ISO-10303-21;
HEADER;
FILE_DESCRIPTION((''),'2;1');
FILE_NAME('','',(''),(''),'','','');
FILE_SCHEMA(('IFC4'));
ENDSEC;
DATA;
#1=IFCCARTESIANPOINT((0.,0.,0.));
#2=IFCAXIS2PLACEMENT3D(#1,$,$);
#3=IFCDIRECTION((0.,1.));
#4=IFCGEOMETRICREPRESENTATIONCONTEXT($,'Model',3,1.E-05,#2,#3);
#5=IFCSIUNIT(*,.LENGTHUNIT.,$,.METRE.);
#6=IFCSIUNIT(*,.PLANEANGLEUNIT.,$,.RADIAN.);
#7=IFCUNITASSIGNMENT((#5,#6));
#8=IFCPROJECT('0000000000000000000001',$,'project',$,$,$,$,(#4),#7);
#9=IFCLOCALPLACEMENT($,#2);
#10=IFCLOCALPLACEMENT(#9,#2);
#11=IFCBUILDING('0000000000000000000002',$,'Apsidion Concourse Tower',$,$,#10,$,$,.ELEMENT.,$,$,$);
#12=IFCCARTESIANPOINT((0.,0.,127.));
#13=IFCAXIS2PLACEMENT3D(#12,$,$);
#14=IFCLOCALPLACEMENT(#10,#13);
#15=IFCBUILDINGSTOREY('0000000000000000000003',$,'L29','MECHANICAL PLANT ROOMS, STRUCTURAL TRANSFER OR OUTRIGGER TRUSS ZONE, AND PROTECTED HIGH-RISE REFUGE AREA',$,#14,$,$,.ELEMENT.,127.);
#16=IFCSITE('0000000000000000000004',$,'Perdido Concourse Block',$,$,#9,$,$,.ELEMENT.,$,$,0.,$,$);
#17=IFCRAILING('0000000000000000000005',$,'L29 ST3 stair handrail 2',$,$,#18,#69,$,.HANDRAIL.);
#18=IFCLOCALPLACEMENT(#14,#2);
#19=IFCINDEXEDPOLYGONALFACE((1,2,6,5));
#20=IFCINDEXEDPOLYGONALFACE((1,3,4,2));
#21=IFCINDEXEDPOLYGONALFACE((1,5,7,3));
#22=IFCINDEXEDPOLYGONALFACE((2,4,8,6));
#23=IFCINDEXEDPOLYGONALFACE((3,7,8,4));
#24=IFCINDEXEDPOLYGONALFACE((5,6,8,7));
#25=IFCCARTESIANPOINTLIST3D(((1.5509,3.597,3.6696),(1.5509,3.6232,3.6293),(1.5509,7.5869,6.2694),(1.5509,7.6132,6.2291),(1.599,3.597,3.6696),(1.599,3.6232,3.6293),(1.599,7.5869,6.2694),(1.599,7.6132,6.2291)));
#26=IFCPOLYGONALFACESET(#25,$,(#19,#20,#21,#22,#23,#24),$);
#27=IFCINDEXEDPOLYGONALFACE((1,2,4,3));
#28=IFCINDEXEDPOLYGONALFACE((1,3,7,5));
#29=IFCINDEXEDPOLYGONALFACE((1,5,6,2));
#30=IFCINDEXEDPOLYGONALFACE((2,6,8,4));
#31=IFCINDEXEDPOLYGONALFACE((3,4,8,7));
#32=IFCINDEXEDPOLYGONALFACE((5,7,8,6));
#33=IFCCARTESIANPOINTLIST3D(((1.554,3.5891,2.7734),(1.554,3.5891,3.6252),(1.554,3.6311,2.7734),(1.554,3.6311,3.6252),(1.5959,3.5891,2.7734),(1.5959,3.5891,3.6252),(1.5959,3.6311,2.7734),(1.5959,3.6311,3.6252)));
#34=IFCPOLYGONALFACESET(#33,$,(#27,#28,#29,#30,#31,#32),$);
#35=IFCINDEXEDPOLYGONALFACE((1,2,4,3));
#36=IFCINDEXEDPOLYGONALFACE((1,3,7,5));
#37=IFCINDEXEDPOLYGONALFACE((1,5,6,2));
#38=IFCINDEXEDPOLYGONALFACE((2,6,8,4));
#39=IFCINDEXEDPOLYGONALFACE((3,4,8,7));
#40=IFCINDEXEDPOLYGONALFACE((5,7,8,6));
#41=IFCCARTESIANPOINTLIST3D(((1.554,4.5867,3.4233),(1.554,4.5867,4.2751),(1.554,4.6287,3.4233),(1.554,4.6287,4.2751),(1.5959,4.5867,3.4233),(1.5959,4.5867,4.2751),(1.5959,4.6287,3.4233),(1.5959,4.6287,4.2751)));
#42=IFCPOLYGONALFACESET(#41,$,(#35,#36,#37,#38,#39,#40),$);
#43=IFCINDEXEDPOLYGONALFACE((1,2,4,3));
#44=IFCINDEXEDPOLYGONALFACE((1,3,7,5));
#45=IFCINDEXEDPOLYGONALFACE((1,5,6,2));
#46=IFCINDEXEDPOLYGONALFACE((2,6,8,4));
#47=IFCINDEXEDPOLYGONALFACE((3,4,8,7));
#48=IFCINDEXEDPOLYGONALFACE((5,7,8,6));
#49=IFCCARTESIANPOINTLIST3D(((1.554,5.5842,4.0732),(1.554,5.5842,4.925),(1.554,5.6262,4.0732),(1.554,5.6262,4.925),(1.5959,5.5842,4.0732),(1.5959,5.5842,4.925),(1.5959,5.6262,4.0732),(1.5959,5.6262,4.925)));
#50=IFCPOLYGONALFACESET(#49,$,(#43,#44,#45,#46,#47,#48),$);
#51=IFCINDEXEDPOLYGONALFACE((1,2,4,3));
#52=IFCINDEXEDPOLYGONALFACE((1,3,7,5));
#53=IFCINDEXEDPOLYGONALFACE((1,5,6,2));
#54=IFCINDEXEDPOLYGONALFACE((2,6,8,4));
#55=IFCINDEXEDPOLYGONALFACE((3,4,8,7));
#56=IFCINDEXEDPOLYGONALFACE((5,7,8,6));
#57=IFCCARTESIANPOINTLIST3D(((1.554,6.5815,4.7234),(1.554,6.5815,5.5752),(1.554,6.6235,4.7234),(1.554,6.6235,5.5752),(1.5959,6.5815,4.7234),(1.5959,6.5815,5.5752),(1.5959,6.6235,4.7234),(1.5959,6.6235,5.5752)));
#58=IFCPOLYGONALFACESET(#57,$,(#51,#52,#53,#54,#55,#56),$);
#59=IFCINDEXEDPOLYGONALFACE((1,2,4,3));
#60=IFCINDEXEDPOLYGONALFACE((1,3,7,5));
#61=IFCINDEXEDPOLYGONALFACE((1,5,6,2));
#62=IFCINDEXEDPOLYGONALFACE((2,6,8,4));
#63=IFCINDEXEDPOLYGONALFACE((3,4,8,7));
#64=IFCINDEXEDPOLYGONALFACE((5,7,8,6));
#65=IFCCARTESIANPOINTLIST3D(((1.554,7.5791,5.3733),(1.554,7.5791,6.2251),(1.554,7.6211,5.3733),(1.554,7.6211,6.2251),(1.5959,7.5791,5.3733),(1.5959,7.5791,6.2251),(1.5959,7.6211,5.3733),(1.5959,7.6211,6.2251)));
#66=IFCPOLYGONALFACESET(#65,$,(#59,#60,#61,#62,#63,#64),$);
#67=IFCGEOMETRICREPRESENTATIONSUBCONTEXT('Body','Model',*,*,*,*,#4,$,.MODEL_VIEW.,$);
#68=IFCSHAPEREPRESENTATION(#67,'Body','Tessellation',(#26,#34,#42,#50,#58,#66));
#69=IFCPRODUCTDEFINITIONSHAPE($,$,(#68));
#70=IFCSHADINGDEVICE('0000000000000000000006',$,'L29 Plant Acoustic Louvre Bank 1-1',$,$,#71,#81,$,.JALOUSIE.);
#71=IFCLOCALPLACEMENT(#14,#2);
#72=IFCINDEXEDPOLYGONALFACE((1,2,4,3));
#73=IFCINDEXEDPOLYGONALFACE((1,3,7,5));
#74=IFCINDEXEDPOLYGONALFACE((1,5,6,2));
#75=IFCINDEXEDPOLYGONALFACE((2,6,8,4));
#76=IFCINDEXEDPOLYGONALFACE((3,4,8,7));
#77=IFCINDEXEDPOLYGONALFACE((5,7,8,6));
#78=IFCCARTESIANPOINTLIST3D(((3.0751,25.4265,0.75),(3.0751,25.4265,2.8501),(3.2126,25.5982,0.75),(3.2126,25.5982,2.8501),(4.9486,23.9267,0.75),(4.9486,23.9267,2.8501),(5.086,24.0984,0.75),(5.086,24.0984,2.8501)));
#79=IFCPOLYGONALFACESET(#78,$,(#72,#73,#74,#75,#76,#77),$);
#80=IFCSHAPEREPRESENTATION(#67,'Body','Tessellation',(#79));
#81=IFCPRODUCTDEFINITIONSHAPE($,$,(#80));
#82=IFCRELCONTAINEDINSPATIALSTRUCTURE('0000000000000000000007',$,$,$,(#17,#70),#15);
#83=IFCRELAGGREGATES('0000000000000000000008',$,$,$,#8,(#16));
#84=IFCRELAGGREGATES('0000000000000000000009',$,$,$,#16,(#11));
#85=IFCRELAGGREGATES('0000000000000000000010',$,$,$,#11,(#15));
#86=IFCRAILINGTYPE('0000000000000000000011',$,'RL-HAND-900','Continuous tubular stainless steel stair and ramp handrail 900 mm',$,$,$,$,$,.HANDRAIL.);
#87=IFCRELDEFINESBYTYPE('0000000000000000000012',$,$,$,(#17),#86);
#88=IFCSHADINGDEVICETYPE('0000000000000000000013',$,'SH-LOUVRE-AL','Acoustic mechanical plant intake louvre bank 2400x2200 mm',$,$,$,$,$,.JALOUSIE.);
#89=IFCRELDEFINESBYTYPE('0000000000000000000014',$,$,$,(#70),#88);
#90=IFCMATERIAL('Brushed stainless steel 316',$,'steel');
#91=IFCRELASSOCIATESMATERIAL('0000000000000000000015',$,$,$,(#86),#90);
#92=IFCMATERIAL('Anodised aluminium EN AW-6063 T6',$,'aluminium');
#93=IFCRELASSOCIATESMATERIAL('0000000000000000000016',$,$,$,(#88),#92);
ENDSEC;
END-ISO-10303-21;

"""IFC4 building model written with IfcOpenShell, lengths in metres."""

from ifc_helpers import new_model, si_unit, direction, frame, origin, origin_2d, place, context, subcontext, project, spatial, rectangle, extrude, material, type_object, element, save


model = new_model("IFC4")

# Units and contexts
model_context = context("Model", 3, precision=1e-05, world=origin(), true_north=direction((0.0, 1.0)))
body_context = subcontext(model_context, "Body", "Model", "MODEL_VIEW")
ifc_project = project(units=[si_unit("LENGTHUNIT", "METRE"), si_unit("PLANEANGLEUNIT", "RADIAN")], contexts=[model_context])

# Site, building, storey
site_placement = place(None, origin())
site = spatial("IfcSite", under=ifc_project, at=site_placement, Name="Perdido Concourse Block", CompositionType="ELEMENT", RefElevation=0.0)
building_placement = place(site_placement, origin())
building = spatial("IfcBuilding", under=site, at=building_placement, Name="Apsidion Concourse Tower", CompositionType="ELEMENT")
storey_placement = place(building_placement, frame((0.0, 0.0, 127.0)))
storey = spatial("IfcBuildingStorey", under=building, at=storey_placement, Name="L29", Description="MECHANICAL PLANT ROOMS, STRUCTURAL TRANSFER OR OUTRIGGER TRUSS ZONE, AND PROTECTED HIGH-RISE REFUGE AREA", CompositionType="ELEMENT", Elevation=127.0)

# Shared definitions
ifc_material_1 = material(Name="Brushed stainless steel 316", Category="steel")

# Railing
railing_type_1 = type_object("IfcRailingType", Name="RL-HAND-900", Description="Continuous tubular stainless steel stair and ramp handrail 900 mm", PredefinedType="HANDRAIL", material=ifc_material_1)
railing_1_placement = place(storey_placement, frame((1.575, 3.6101, 2.7734)))
element("IfcRailing", 1, at=railing_1_placement, inside=storey, type_object=railing_type_1, Name="L29 ST3 stair handrail 2", PredefinedType="HANDRAIL", context=body_context, shape_type="SweptSolid", body=[
    extrude(rectangle(XDim=0.0481, YDim=0.0481, at=origin_2d()), frame((0.0, 0.0, 0.876), z_axis=(0.0, 0.837833, 0.545927), x_axis=(-1.0, 0.0, 0.0)), (0.0, 0.0, 1.0), 4.7622),
    extrude(rectangle(XDim=0.042, YDim=0.042, at=origin_2d()), origin(), (0.0, 0.0, 1.0), 0.8518),
    extrude(rectangle(XDim=0.042, YDim=0.042, at=origin_2d()), frame((0.0, 0.9976, 0.6499)), (0.0, 0.0, 1.0), 0.8518),
    extrude(rectangle(XDim=0.042, YDim=0.042, at=origin_2d()), frame((0.0, 1.9951, 1.2998)), (0.0, 0.0, 1.0), 0.8518),
    extrude(rectangle(XDim=0.042, YDim=0.042, at=origin_2d()), frame((0.0, 2.9924, 1.95)), (0.0, 0.0, 1.0), 0.8518),
    extrude(rectangle(XDim=0.042, YDim=0.042, at=origin_2d()), frame((0.0, 3.99, 2.5999)), (0.0, 0.0, 1.0), 0.8518),
])

# Shading device
ifc_material_2 = material(Name="Anodised aluminium EN AW-6063 T6", Category="aluminium")
shading_device_type = type_object("IfcShadingDeviceType", Name="SH-LOUVRE-AL", Description="Acoustic mechanical plant intake louvre bank 2400x2200 mm", PredefinedType="JALOUSIE", material=ifc_material_2)
shading_device_placement = place(storey_placement, frame((4.0806, 24.7625, 0.75), z_axis=(0.0, 0.0, 1.0), x_axis=(0.780649, -0.62497, 0.0)))
element("IfcShadingDevice", 2, at=shading_device_placement, inside=storey, type_object=shading_device_type, Name="L29 Plant Acoustic Louvre Bank 1-1", PredefinedType="JALOUSIE", context=body_context, shape_type="SweptSolid", body=[
    extrude(rectangle(XDim=2.3999, YDim=0.22, at=origin_2d()), origin(), (0.0, 0.0, 1.0), 2.1001),
])

save(model, "model.ifc")
